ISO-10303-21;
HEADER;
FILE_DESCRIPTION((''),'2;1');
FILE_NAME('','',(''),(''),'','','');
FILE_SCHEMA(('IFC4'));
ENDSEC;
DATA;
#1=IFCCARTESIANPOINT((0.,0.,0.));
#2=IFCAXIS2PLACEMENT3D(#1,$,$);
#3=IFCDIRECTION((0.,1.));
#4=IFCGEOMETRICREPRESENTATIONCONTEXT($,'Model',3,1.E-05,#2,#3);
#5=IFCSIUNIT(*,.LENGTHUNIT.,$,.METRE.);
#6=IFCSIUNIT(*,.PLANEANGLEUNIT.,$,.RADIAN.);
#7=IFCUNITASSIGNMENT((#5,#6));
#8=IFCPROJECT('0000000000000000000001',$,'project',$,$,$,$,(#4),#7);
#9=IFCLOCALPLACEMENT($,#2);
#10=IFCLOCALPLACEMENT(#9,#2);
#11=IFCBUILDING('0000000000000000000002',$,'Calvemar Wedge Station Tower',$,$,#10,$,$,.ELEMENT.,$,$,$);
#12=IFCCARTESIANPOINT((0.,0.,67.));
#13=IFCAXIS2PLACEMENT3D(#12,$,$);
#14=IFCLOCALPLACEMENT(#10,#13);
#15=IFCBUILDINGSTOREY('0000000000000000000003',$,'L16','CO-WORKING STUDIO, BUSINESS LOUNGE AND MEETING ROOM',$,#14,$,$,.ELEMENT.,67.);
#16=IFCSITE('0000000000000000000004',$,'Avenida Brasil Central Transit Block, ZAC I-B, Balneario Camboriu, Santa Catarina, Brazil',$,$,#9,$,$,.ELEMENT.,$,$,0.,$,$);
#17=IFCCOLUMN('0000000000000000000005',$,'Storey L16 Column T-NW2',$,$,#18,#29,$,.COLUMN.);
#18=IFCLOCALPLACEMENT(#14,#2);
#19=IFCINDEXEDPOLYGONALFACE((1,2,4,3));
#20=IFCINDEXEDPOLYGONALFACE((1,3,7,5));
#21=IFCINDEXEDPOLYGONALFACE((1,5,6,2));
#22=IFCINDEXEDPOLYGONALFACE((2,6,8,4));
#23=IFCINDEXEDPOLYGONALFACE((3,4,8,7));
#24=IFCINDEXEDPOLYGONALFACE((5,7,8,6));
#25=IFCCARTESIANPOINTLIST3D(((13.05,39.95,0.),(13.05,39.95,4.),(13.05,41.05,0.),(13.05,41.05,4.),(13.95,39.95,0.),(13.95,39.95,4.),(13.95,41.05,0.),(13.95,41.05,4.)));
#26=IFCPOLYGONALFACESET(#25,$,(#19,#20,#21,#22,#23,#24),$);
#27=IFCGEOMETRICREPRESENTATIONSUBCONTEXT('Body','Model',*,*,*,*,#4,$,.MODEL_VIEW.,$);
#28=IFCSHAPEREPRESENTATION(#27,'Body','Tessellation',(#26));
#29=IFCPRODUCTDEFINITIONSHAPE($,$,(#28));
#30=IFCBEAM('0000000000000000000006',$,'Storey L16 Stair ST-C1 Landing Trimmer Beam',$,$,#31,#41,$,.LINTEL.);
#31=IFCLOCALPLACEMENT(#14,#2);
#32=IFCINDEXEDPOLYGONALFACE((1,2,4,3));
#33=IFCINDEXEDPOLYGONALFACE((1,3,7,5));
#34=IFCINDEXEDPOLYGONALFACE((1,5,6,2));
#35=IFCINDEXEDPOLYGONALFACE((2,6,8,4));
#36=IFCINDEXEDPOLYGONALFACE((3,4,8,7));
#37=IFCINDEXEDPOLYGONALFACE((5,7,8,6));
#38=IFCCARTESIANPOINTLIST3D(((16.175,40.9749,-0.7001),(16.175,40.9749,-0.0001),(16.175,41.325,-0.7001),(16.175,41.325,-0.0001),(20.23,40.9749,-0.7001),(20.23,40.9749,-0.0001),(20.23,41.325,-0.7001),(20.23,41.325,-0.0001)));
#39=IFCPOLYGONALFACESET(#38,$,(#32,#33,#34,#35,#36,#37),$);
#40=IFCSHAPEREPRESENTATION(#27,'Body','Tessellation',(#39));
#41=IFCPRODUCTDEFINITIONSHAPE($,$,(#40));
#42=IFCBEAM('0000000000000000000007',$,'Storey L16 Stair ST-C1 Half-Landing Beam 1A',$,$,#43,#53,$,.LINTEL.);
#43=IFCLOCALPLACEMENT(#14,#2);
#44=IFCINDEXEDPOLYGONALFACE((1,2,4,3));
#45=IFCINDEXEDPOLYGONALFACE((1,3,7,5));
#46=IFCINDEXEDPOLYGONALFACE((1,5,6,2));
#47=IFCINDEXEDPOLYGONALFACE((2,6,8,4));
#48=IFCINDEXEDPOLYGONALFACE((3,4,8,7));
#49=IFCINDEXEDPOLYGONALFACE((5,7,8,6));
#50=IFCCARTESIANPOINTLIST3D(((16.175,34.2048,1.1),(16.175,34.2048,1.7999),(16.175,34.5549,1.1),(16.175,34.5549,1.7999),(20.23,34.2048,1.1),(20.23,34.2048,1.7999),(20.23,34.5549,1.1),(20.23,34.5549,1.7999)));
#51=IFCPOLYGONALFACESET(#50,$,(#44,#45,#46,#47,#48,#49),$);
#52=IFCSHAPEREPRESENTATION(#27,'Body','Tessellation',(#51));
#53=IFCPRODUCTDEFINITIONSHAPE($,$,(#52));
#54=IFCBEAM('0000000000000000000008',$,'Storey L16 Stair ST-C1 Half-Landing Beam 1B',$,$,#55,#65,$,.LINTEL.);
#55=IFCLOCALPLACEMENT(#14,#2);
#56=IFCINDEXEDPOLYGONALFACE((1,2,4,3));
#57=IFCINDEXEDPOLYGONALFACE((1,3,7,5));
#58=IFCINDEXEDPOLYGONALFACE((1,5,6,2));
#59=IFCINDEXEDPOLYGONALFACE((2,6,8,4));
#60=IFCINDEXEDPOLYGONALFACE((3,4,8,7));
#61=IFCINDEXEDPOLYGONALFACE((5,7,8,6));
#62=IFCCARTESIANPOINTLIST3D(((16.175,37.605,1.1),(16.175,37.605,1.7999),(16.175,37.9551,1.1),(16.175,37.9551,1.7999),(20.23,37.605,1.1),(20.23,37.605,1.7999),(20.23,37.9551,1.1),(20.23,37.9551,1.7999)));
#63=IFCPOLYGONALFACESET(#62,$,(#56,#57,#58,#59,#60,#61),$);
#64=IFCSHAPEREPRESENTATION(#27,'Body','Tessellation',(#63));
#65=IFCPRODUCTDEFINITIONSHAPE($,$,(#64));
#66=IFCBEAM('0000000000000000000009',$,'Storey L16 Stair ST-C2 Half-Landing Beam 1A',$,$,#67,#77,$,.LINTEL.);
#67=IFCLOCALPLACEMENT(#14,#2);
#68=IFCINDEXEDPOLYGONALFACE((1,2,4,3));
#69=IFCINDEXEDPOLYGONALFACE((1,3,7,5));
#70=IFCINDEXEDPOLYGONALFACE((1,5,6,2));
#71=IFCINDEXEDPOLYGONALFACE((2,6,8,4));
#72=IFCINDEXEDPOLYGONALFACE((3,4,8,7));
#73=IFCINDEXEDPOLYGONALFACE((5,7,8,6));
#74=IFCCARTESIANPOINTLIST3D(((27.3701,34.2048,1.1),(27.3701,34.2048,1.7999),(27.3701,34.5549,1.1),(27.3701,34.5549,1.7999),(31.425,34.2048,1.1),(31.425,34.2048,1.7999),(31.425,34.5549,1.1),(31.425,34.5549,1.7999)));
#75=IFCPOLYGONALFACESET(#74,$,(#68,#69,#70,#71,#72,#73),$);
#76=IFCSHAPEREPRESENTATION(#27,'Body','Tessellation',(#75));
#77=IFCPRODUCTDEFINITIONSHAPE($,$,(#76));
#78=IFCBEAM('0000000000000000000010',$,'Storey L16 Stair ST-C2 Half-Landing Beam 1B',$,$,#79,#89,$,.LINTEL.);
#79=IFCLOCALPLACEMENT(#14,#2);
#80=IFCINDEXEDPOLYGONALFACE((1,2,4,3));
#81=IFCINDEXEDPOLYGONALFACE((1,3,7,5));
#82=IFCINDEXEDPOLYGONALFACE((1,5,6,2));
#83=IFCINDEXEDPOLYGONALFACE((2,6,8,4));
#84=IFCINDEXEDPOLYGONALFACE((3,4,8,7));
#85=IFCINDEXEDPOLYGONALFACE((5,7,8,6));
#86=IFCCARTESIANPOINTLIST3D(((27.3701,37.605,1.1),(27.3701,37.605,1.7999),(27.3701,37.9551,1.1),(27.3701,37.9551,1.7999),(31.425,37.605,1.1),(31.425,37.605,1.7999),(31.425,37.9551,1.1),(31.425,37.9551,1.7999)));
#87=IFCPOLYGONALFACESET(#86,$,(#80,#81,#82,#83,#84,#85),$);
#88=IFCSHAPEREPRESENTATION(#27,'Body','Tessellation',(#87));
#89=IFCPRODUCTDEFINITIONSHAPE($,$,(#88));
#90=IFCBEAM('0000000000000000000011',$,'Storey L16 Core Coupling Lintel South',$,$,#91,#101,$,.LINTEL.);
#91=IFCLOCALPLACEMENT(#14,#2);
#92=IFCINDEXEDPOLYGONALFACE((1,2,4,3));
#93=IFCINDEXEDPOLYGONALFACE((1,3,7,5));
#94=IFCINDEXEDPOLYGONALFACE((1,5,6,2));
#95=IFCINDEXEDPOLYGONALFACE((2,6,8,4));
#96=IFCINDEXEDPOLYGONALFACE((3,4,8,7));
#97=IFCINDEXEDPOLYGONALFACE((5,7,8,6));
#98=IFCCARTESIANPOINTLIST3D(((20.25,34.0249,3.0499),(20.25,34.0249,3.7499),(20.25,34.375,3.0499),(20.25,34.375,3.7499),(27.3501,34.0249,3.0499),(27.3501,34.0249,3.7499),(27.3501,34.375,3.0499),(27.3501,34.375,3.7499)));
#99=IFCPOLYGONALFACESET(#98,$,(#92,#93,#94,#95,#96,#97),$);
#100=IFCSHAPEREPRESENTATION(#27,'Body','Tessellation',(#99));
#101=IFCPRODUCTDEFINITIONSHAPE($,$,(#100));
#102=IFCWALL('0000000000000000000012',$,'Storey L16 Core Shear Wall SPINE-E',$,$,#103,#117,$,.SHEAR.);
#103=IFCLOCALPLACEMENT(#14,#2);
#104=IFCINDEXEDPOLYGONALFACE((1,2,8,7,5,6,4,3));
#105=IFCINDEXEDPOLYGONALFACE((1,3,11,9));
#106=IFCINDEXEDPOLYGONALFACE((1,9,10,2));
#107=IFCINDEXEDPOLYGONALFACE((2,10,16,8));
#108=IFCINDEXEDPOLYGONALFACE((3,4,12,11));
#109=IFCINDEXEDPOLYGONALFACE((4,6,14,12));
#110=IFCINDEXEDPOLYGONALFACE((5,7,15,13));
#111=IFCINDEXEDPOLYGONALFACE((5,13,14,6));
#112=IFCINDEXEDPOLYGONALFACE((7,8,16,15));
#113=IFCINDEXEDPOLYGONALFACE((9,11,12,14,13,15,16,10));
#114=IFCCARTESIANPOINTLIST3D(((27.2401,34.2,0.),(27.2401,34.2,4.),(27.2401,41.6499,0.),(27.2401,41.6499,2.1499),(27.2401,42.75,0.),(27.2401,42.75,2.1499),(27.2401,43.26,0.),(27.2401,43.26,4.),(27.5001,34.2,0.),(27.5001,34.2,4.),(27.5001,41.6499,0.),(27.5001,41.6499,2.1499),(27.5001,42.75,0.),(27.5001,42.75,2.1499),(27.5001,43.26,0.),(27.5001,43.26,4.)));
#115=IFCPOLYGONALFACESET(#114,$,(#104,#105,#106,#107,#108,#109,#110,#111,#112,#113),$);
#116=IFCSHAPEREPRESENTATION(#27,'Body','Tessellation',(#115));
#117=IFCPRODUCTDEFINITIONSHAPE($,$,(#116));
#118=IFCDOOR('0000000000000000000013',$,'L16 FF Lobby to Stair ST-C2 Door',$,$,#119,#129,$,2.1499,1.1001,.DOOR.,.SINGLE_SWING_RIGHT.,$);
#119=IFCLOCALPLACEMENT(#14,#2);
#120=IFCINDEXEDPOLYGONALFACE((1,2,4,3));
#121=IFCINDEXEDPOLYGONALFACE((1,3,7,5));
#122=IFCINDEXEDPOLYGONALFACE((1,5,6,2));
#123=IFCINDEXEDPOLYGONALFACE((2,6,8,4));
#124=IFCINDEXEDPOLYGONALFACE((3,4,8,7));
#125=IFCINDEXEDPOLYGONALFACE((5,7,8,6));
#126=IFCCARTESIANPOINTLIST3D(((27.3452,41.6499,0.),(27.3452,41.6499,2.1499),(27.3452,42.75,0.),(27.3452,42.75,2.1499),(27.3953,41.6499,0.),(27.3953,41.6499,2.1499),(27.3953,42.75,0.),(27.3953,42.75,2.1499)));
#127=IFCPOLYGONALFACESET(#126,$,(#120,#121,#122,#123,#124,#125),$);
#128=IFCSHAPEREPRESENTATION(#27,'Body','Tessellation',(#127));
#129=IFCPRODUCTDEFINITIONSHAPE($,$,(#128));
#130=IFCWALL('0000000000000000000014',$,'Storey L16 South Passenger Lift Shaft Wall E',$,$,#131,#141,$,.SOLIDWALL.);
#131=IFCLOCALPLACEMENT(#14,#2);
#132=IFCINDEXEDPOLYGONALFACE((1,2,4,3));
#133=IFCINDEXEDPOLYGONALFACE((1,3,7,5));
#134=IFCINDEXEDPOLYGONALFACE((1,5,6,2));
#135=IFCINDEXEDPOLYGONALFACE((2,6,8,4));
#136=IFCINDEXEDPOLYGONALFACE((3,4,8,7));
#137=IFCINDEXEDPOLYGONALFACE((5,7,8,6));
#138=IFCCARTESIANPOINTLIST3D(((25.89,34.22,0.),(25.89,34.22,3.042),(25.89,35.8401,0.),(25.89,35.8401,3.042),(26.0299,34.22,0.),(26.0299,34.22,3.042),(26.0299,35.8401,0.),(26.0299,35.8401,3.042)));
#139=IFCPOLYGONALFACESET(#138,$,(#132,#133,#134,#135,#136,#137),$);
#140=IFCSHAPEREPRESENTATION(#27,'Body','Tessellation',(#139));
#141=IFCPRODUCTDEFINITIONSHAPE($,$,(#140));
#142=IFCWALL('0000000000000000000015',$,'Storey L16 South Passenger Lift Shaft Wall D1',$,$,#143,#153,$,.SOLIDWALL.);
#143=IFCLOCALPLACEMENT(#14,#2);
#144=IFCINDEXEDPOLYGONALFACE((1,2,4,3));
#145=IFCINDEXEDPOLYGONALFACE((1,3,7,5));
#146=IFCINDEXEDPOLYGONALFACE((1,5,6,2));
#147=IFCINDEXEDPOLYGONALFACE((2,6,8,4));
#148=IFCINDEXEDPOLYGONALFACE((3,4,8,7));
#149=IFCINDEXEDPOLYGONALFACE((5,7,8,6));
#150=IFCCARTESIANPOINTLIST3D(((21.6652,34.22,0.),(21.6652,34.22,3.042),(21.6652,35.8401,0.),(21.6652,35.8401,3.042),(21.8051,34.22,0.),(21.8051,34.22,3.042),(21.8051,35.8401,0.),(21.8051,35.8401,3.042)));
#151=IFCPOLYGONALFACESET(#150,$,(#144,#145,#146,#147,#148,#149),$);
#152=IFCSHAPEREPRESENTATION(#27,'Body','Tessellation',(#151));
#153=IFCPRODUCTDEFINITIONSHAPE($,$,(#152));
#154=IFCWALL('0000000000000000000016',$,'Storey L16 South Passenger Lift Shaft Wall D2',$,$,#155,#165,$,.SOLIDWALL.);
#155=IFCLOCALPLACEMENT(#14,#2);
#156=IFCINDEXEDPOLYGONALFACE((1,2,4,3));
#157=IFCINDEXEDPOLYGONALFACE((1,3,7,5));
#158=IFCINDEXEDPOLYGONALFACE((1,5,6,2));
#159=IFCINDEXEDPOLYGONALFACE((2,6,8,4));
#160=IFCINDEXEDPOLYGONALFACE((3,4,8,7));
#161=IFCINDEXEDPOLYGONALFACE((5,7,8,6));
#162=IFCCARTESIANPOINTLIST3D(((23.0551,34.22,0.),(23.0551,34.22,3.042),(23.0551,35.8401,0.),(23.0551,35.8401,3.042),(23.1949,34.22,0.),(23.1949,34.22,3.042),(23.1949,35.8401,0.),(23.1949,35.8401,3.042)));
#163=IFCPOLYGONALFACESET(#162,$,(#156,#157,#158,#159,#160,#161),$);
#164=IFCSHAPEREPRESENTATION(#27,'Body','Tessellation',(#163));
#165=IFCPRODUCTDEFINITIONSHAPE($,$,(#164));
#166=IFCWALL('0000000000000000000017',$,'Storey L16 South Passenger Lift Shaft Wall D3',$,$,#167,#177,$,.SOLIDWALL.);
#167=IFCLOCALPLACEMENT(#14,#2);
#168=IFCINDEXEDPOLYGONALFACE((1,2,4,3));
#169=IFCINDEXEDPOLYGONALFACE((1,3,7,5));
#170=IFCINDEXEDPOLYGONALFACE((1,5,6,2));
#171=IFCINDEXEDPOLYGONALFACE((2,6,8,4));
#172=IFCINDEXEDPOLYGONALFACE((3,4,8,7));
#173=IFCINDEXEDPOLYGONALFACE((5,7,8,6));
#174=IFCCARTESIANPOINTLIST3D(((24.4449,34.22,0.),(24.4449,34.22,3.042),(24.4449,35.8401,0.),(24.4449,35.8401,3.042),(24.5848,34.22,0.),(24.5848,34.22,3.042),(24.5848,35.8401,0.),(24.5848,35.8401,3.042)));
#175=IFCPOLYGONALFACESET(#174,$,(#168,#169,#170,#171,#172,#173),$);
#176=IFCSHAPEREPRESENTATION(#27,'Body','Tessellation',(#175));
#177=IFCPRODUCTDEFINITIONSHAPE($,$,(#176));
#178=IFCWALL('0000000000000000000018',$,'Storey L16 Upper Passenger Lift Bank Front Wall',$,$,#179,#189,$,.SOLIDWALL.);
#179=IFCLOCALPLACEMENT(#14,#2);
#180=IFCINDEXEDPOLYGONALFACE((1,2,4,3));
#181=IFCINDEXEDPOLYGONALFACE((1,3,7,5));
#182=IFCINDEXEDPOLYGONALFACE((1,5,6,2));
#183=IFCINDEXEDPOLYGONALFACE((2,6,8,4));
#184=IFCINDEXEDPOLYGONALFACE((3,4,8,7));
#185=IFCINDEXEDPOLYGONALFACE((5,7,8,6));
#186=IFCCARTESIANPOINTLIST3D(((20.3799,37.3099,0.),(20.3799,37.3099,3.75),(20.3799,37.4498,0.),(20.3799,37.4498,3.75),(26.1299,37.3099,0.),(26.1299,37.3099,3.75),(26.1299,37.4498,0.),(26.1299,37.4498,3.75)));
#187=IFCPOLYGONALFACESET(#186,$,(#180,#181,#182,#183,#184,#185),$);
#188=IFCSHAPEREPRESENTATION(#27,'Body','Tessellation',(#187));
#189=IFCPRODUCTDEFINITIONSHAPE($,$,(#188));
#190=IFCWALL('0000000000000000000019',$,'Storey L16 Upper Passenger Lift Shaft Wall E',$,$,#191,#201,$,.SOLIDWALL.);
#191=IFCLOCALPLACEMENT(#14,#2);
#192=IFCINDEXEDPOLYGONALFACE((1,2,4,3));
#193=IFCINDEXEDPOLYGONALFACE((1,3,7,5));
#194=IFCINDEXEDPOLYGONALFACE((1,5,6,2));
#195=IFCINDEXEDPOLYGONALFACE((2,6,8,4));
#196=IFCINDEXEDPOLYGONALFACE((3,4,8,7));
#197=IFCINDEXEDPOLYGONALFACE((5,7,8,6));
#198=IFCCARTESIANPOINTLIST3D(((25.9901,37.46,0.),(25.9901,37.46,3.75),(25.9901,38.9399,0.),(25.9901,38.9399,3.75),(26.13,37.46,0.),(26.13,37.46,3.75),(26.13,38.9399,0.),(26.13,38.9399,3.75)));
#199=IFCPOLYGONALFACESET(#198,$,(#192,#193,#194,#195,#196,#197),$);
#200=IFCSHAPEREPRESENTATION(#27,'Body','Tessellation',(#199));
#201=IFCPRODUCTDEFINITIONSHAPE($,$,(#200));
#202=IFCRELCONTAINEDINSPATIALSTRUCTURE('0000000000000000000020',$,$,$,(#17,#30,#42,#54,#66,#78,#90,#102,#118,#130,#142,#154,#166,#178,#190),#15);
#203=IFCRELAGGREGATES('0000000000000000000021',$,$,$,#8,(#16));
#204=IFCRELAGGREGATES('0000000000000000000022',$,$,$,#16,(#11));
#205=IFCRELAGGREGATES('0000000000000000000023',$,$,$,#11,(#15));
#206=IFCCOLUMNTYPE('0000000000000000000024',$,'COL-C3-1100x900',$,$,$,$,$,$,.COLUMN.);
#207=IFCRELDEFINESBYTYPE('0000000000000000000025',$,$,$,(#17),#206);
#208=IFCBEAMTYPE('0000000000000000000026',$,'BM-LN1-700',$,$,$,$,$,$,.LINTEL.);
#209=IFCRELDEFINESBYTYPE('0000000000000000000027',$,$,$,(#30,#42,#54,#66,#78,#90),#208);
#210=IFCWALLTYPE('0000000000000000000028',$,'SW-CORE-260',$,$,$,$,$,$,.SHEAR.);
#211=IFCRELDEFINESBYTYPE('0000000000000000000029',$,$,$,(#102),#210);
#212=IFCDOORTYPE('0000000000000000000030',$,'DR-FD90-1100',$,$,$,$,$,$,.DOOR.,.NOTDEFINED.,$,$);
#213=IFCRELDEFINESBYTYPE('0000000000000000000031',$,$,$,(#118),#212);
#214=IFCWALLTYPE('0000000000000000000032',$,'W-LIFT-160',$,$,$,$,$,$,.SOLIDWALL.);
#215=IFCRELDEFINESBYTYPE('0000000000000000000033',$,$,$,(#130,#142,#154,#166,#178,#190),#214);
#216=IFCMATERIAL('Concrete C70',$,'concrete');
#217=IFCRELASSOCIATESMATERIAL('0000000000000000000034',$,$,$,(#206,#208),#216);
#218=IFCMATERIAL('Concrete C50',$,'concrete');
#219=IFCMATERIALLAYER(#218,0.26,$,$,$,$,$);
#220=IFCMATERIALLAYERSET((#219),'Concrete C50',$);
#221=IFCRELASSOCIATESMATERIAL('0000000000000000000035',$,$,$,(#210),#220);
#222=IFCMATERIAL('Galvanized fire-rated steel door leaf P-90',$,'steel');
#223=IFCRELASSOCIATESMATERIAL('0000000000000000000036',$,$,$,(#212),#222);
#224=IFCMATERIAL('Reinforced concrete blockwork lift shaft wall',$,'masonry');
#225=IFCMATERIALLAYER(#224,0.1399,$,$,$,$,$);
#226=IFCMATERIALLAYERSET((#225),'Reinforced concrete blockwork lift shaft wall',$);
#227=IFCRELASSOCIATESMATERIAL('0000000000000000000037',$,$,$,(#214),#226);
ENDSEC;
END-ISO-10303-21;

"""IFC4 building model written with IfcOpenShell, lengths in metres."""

from ifc_helpers import new_model, si_unit, direction, frame, frame_2d, origin, origin_2d, place, context, subcontext, project, spatial, rectangle, extrude, source, transform, mapped, material, layer, layer_set, material_profile, profile_set, type_object, element, fill, save


model = new_model("IFC4")

# Units and contexts
model_context = context("Model", 3, precision=1e-05, world=origin(), true_north=direction((0.0, 1.0)))
body_context = subcontext(model_context, "Body", "Model", "MODEL_VIEW")
ifc_project = project(units=[si_unit("LENGTHUNIT", "METRE"), si_unit("PLANEANGLEUNIT", "RADIAN")], contexts=[model_context])

# Site, building, storey
site_placement = place(None, origin())
site = spatial("IfcSite", under=ifc_project, at=site_placement, Name="Avenida Brasil Central Transit Block, ZAC I-B, Balneario Camboriu, Santa Catarina, Brazil", CompositionType="ELEMENT", RefElevation=0.0)
building_placement = place(site_placement, origin())
building = spatial("IfcBuilding", under=site, at=building_placement, Name="Calvemar Wedge Station Tower", CompositionType="ELEMENT")
storey_placement = place(building_placement, frame((0.0, 0.0, 67.0)))
storey = spatial("IfcBuildingStorey", under=building, at=storey_placement, Name="L16", Description="CO-WORKING STUDIO, BUSINESS LOUNGE AND MEETING ROOM", CompositionType="ELEMENT", Elevation=67.0)

# Column
ifc_material_1 = material(Name="Concrete C70", Category="concrete")
ifc_material_profile_1 = material_profile(ifc_material_1, rectangle(XDim=0.8999, YDim=1.1001, at=origin_2d()), Name="RC1100x900")
ifc_profile_set_1 = profile_set([ifc_material_profile_1], Name="Concrete C70")
column_type = type_object("IfcColumnType", Name="COL-C3-1100x900", PredefinedType="COLUMN", material=ifc_profile_set_1)
shared_shape_1 = source(origin(), body_context, "Body", "SweptSolid", [
    extrude(rectangle(XDim=0.8999, YDim=1.1001, at=origin_2d()), origin(), (0.0, 0.0, 1.0), 4.0),
])
column_placement = place(storey_placement, frame((13.5, 40.5, 0.0), z_axis=(0.0, 0.0, 1.0), x_axis=(1.0, 0.0, 0.0)))
element("IfcColumn", 1, at=column_placement, inside=storey, type_object=column_type, Name="Storey L16 Column T-NW2", PredefinedType="COLUMN", context=body_context, shape_type="MappedRepresentation", body=[
    mapped(shared_shape_1, transform((0.0, 0.0, 0.0), scale=1.0)),
])

# Beams
ifc_material_profile_2 = material_profile(ifc_material_1, rectangle(XDim=0.3501, YDim=0.7, at=origin_2d()), Name="RC350x700")
ifc_profile_set_2 = profile_set([ifc_material_profile_2], Name="Concrete C70")
beam_type = type_object("IfcBeamType", Name="BM-LN1-700", PredefinedType="LINTEL", material=ifc_profile_set_2)
shared_shape_2 = source(origin(), body_context, "Body", "SweptSolid", [
    extrude(rectangle(XDim=0.3501, YDim=0.7, at=origin_2d()), origin(), (0.0, 0.0, 1.0), 4.0549),
])
for number, where, z_axis, x_axis, name in (
    (2, (16.175, 41.1499, -0.3501), (1.0, 0.0, 0.0), (0.0, 1.0, 0.0), "Storey L16 Stair ST-C1 Landing Trimmer Beam"),
    (3, (16.175, 34.3799, 1.45), (1.0, 0.0, 0.0), (0.0, 1.0, 0.0), "Storey L16 Stair ST-C1 Half-Landing Beam 1A"),
    (4, (16.175, 37.78, 1.45), (1.0, 0.0, 0.0), (0.0, 1.0, 0.0), "Storey L16 Stair ST-C1 Half-Landing Beam 1B"),
    (5, (27.3701, 34.3799, 1.45), (1.0, 0.0, 0.0), (0.0, 1.0, 0.0), "Storey L16 Stair ST-C2 Half-Landing Beam 1A"),
    (6, (27.3701, 37.78, 1.45), (1.0, 0.0, 0.0), (0.0, 1.0, 0.0), "Storey L16 Stair ST-C2 Half-Landing Beam 1B"),
):
    element("IfcBeam", number, at=place(storey_placement, frame(where, z_axis=z_axis, x_axis=x_axis)), inside=storey, type_object=beam_type, Name=name, PredefinedType="LINTEL", context=body_context, shape_type="MappedRepresentation", body=[
        mapped(shared_shape_2, transform((0.0, 0.0, 0.0), scale=1.0)),
    ])
shared_shape_3 = source(origin(), body_context, "Body", "SweptSolid", [
    extrude(rectangle(XDim=0.3501, YDim=0.7, at=origin_2d()), origin(), (0.0, 0.0, 1.0), 7.1001),
])
beam_placement = place(storey_placement, frame((20.25, 34.2, 3.3999), z_axis=(1.0, 0.0, 0.0), x_axis=(0.0, 1.0, 0.0)))
element("IfcBeam", 7, at=beam_placement, inside=storey, type_object=beam_type, Name="Storey L16 Core Coupling Lintel South", PredefinedType="LINTEL", context=body_context, shape_type="MappedRepresentation", body=[
    mapped(shared_shape_3, transform((0.0, 0.0, 0.0), scale=1.0)),
])

# Wall, opening, door
ifc_material_2 = material(Name="Concrete C50", Category="concrete")
ifc_layer_1 = layer(ifc_material_2, 0.26)
ifc_layer_set_1 = layer_set([ifc_layer_1], Name="Concrete C50")
wall_type_1 = type_object("IfcWallType", Name="SW-CORE-260", PredefinedType="SHEAR", material=ifc_layer_set_1)
wall_1_placement = place(storey_placement, frame((27.3701, 34.2, 0.0), z_axis=(0.0, 0.0, 1.0), x_axis=(0.0, 1.0, 0.0)))
wall_1 = element("IfcWall", 8, at=wall_1_placement, inside=storey, type_object=wall_type_1, Name="Storey L16 Core Shear Wall SPINE-E", PredefinedType="SHEAR", context=body_context, shape_type="SweptSolid", body=[
    extrude(rectangle(XDim=9.0601, YDim=0.26, at=frame_2d((4.53, 0.0))), origin(), (0.0, 0.0, 1.0), 4.0),
])
shared_shape_4 = source(origin(), body_context, "Body", "SweptSolid", [
    extrude(rectangle(XDim=1.1001, YDim=2.1499, at=frame_2d((0.55, 1.075))), frame((0.0, 0.1401, 0.0), z_axis=(0.0, -1.0, 0.0), x_axis=(1.0, 0.0, 0.0)), (0.0, 0.0, 1.0), 0.28),
])
opening_1_placement = place(wall_1_placement, frame((7.45, 0.0, 0.0)))
opening_1 = element("IfcOpeningElement", 9, at=opening_1_placement, cuts=wall_1, PredefinedType="OPENING", context=body_context, shape_type="MappedRepresentation", body=[
    mapped(shared_shape_4, transform((0.0, 0.0, 0.0), scale=1.0)),
])
ifc_material_3 = material(Name="Galvanized fire-rated steel door leaf P-90", Category="steel")
door_type_1 = type_object("IfcDoorType", Name="DR-FD90-1100", OperationType="NOTDEFINED", PredefinedType="DOOR", material=ifc_material_3)
shared_shape_5 = source(origin(), body_context, "Body", "SweptSolid", [
    extrude(rectangle(XDim=1.1001, YDim=2.1499, at=frame_2d((0.55, 1.075))), frame((0.0, 0.0249, 0.0), z_axis=(0.0, -1.0, 0.0), x_axis=(1.0, 0.0, 0.0)), (0.0, 0.0, 1.0), 0.05),
])
door_1_placement = place(opening_1_placement, origin())
door_1 = element("IfcDoor", 10, at=door_1_placement, inside=storey, type_object=door_type_1, Name="L16 FF Lobby to Stair ST-C2 Door", OperationType="SINGLE_SWING_RIGHT", OverallHeight=2.1499, OverallWidth=1.1001, PredefinedType="DOOR", context=body_context, shape_type="MappedRepresentation", body=[
    mapped(shared_shape_5, transform((0.0, 0.0, 0.0), scale=1.0)),
])
fill(opening_1, door_1)

# Shared definitions
ifc_material_4 = material(Name="Reinforced concrete blockwork lift shaft wall", Category="masonry")
ifc_layer_2 = layer(ifc_material_4, 0.1399)
ifc_layer_set_2 = layer_set([ifc_layer_2], Name="Reinforced concrete blockwork lift shaft wall")
wall_type_2 = type_object("IfcWallType", Name="W-LIFT-160", PredefinedType="SOLIDWALL", material=ifc_layer_set_2)

# Walls
for number, where, z_axis, x_axis, name in (
    (11, (25.96, 34.22, 0.0), (0.0, 0.0, 1.0), (0.0, 1.0, 0.0), "Storey L16 South Passenger Lift Shaft Wall E"),
    (12, (21.7351, 34.22, 0.0), (0.0, 0.0, 1.0), (0.0, 1.0, 0.0), "Storey L16 South Passenger Lift Shaft Wall D1"),
    (13, (23.125, 34.22, 0.0), (0.0, 0.0, 1.0), (0.0, 1.0, 0.0), "Storey L16 South Passenger Lift Shaft Wall D2"),
    (14, (24.5149, 34.22, 0.0), (0.0, 0.0, 1.0), (0.0, 1.0, 0.0), "Storey L16 South Passenger Lift Shaft Wall D3"),
):
    element("IfcWall", number, at=place(storey_placement, frame(where, z_axis=z_axis, x_axis=x_axis)), inside=storey, type_object=wall_type_2, Name=name, PredefinedType="SOLIDWALL", context=body_context, shape_type="SweptSolid", body=[
        extrude(rectangle(XDim=1.6201, YDim=0.1399, at=frame_2d((0.8101, 0.0))), origin(), (0.0, 0.0, 1.0), 3.042),
    ])
wall_2_placement = place(storey_placement, frame((20.3799, 37.3799, 0.0), z_axis=(0.0, 0.0, 1.0), x_axis=(1.0, 0.0, 0.0)))
element("IfcWall", 15, at=wall_2_placement, inside=storey, type_object=wall_type_2, Name="Storey L16 Upper Passenger Lift Bank Front Wall", PredefinedType="SOLIDWALL", context=body_context, shape_type="SweptSolid", body=[
    extrude(rectangle(XDim=5.75, YDim=0.1399, at=frame_2d((2.875, 0.0))), origin(), (0.0, 0.0, 1.0), 3.75),
])
for number, where, z_axis, x_axis, name in (
    (16, (26.0601, 37.46, 0.0), (0.0, 0.0, 1.0), (0.0, 1.0, 0.0), "Storey L16 Upper Passenger Lift Shaft Wall E"),
):
    element("IfcWall", number, at=place(storey_placement, frame(where, z_axis=z_axis, x_axis=x_axis)), inside=storey, type_object=wall_type_2, Name=name, PredefinedType="SOLIDWALL", context=body_context, shape_type="SweptSolid", body=[
        extrude(rectangle(XDim=1.48, YDim=0.1399, at=frame_2d((0.74, 0.0))), origin(), (0.0, 0.0, 1.0), 3.75),
    ])

save(model, "model.ifc")
